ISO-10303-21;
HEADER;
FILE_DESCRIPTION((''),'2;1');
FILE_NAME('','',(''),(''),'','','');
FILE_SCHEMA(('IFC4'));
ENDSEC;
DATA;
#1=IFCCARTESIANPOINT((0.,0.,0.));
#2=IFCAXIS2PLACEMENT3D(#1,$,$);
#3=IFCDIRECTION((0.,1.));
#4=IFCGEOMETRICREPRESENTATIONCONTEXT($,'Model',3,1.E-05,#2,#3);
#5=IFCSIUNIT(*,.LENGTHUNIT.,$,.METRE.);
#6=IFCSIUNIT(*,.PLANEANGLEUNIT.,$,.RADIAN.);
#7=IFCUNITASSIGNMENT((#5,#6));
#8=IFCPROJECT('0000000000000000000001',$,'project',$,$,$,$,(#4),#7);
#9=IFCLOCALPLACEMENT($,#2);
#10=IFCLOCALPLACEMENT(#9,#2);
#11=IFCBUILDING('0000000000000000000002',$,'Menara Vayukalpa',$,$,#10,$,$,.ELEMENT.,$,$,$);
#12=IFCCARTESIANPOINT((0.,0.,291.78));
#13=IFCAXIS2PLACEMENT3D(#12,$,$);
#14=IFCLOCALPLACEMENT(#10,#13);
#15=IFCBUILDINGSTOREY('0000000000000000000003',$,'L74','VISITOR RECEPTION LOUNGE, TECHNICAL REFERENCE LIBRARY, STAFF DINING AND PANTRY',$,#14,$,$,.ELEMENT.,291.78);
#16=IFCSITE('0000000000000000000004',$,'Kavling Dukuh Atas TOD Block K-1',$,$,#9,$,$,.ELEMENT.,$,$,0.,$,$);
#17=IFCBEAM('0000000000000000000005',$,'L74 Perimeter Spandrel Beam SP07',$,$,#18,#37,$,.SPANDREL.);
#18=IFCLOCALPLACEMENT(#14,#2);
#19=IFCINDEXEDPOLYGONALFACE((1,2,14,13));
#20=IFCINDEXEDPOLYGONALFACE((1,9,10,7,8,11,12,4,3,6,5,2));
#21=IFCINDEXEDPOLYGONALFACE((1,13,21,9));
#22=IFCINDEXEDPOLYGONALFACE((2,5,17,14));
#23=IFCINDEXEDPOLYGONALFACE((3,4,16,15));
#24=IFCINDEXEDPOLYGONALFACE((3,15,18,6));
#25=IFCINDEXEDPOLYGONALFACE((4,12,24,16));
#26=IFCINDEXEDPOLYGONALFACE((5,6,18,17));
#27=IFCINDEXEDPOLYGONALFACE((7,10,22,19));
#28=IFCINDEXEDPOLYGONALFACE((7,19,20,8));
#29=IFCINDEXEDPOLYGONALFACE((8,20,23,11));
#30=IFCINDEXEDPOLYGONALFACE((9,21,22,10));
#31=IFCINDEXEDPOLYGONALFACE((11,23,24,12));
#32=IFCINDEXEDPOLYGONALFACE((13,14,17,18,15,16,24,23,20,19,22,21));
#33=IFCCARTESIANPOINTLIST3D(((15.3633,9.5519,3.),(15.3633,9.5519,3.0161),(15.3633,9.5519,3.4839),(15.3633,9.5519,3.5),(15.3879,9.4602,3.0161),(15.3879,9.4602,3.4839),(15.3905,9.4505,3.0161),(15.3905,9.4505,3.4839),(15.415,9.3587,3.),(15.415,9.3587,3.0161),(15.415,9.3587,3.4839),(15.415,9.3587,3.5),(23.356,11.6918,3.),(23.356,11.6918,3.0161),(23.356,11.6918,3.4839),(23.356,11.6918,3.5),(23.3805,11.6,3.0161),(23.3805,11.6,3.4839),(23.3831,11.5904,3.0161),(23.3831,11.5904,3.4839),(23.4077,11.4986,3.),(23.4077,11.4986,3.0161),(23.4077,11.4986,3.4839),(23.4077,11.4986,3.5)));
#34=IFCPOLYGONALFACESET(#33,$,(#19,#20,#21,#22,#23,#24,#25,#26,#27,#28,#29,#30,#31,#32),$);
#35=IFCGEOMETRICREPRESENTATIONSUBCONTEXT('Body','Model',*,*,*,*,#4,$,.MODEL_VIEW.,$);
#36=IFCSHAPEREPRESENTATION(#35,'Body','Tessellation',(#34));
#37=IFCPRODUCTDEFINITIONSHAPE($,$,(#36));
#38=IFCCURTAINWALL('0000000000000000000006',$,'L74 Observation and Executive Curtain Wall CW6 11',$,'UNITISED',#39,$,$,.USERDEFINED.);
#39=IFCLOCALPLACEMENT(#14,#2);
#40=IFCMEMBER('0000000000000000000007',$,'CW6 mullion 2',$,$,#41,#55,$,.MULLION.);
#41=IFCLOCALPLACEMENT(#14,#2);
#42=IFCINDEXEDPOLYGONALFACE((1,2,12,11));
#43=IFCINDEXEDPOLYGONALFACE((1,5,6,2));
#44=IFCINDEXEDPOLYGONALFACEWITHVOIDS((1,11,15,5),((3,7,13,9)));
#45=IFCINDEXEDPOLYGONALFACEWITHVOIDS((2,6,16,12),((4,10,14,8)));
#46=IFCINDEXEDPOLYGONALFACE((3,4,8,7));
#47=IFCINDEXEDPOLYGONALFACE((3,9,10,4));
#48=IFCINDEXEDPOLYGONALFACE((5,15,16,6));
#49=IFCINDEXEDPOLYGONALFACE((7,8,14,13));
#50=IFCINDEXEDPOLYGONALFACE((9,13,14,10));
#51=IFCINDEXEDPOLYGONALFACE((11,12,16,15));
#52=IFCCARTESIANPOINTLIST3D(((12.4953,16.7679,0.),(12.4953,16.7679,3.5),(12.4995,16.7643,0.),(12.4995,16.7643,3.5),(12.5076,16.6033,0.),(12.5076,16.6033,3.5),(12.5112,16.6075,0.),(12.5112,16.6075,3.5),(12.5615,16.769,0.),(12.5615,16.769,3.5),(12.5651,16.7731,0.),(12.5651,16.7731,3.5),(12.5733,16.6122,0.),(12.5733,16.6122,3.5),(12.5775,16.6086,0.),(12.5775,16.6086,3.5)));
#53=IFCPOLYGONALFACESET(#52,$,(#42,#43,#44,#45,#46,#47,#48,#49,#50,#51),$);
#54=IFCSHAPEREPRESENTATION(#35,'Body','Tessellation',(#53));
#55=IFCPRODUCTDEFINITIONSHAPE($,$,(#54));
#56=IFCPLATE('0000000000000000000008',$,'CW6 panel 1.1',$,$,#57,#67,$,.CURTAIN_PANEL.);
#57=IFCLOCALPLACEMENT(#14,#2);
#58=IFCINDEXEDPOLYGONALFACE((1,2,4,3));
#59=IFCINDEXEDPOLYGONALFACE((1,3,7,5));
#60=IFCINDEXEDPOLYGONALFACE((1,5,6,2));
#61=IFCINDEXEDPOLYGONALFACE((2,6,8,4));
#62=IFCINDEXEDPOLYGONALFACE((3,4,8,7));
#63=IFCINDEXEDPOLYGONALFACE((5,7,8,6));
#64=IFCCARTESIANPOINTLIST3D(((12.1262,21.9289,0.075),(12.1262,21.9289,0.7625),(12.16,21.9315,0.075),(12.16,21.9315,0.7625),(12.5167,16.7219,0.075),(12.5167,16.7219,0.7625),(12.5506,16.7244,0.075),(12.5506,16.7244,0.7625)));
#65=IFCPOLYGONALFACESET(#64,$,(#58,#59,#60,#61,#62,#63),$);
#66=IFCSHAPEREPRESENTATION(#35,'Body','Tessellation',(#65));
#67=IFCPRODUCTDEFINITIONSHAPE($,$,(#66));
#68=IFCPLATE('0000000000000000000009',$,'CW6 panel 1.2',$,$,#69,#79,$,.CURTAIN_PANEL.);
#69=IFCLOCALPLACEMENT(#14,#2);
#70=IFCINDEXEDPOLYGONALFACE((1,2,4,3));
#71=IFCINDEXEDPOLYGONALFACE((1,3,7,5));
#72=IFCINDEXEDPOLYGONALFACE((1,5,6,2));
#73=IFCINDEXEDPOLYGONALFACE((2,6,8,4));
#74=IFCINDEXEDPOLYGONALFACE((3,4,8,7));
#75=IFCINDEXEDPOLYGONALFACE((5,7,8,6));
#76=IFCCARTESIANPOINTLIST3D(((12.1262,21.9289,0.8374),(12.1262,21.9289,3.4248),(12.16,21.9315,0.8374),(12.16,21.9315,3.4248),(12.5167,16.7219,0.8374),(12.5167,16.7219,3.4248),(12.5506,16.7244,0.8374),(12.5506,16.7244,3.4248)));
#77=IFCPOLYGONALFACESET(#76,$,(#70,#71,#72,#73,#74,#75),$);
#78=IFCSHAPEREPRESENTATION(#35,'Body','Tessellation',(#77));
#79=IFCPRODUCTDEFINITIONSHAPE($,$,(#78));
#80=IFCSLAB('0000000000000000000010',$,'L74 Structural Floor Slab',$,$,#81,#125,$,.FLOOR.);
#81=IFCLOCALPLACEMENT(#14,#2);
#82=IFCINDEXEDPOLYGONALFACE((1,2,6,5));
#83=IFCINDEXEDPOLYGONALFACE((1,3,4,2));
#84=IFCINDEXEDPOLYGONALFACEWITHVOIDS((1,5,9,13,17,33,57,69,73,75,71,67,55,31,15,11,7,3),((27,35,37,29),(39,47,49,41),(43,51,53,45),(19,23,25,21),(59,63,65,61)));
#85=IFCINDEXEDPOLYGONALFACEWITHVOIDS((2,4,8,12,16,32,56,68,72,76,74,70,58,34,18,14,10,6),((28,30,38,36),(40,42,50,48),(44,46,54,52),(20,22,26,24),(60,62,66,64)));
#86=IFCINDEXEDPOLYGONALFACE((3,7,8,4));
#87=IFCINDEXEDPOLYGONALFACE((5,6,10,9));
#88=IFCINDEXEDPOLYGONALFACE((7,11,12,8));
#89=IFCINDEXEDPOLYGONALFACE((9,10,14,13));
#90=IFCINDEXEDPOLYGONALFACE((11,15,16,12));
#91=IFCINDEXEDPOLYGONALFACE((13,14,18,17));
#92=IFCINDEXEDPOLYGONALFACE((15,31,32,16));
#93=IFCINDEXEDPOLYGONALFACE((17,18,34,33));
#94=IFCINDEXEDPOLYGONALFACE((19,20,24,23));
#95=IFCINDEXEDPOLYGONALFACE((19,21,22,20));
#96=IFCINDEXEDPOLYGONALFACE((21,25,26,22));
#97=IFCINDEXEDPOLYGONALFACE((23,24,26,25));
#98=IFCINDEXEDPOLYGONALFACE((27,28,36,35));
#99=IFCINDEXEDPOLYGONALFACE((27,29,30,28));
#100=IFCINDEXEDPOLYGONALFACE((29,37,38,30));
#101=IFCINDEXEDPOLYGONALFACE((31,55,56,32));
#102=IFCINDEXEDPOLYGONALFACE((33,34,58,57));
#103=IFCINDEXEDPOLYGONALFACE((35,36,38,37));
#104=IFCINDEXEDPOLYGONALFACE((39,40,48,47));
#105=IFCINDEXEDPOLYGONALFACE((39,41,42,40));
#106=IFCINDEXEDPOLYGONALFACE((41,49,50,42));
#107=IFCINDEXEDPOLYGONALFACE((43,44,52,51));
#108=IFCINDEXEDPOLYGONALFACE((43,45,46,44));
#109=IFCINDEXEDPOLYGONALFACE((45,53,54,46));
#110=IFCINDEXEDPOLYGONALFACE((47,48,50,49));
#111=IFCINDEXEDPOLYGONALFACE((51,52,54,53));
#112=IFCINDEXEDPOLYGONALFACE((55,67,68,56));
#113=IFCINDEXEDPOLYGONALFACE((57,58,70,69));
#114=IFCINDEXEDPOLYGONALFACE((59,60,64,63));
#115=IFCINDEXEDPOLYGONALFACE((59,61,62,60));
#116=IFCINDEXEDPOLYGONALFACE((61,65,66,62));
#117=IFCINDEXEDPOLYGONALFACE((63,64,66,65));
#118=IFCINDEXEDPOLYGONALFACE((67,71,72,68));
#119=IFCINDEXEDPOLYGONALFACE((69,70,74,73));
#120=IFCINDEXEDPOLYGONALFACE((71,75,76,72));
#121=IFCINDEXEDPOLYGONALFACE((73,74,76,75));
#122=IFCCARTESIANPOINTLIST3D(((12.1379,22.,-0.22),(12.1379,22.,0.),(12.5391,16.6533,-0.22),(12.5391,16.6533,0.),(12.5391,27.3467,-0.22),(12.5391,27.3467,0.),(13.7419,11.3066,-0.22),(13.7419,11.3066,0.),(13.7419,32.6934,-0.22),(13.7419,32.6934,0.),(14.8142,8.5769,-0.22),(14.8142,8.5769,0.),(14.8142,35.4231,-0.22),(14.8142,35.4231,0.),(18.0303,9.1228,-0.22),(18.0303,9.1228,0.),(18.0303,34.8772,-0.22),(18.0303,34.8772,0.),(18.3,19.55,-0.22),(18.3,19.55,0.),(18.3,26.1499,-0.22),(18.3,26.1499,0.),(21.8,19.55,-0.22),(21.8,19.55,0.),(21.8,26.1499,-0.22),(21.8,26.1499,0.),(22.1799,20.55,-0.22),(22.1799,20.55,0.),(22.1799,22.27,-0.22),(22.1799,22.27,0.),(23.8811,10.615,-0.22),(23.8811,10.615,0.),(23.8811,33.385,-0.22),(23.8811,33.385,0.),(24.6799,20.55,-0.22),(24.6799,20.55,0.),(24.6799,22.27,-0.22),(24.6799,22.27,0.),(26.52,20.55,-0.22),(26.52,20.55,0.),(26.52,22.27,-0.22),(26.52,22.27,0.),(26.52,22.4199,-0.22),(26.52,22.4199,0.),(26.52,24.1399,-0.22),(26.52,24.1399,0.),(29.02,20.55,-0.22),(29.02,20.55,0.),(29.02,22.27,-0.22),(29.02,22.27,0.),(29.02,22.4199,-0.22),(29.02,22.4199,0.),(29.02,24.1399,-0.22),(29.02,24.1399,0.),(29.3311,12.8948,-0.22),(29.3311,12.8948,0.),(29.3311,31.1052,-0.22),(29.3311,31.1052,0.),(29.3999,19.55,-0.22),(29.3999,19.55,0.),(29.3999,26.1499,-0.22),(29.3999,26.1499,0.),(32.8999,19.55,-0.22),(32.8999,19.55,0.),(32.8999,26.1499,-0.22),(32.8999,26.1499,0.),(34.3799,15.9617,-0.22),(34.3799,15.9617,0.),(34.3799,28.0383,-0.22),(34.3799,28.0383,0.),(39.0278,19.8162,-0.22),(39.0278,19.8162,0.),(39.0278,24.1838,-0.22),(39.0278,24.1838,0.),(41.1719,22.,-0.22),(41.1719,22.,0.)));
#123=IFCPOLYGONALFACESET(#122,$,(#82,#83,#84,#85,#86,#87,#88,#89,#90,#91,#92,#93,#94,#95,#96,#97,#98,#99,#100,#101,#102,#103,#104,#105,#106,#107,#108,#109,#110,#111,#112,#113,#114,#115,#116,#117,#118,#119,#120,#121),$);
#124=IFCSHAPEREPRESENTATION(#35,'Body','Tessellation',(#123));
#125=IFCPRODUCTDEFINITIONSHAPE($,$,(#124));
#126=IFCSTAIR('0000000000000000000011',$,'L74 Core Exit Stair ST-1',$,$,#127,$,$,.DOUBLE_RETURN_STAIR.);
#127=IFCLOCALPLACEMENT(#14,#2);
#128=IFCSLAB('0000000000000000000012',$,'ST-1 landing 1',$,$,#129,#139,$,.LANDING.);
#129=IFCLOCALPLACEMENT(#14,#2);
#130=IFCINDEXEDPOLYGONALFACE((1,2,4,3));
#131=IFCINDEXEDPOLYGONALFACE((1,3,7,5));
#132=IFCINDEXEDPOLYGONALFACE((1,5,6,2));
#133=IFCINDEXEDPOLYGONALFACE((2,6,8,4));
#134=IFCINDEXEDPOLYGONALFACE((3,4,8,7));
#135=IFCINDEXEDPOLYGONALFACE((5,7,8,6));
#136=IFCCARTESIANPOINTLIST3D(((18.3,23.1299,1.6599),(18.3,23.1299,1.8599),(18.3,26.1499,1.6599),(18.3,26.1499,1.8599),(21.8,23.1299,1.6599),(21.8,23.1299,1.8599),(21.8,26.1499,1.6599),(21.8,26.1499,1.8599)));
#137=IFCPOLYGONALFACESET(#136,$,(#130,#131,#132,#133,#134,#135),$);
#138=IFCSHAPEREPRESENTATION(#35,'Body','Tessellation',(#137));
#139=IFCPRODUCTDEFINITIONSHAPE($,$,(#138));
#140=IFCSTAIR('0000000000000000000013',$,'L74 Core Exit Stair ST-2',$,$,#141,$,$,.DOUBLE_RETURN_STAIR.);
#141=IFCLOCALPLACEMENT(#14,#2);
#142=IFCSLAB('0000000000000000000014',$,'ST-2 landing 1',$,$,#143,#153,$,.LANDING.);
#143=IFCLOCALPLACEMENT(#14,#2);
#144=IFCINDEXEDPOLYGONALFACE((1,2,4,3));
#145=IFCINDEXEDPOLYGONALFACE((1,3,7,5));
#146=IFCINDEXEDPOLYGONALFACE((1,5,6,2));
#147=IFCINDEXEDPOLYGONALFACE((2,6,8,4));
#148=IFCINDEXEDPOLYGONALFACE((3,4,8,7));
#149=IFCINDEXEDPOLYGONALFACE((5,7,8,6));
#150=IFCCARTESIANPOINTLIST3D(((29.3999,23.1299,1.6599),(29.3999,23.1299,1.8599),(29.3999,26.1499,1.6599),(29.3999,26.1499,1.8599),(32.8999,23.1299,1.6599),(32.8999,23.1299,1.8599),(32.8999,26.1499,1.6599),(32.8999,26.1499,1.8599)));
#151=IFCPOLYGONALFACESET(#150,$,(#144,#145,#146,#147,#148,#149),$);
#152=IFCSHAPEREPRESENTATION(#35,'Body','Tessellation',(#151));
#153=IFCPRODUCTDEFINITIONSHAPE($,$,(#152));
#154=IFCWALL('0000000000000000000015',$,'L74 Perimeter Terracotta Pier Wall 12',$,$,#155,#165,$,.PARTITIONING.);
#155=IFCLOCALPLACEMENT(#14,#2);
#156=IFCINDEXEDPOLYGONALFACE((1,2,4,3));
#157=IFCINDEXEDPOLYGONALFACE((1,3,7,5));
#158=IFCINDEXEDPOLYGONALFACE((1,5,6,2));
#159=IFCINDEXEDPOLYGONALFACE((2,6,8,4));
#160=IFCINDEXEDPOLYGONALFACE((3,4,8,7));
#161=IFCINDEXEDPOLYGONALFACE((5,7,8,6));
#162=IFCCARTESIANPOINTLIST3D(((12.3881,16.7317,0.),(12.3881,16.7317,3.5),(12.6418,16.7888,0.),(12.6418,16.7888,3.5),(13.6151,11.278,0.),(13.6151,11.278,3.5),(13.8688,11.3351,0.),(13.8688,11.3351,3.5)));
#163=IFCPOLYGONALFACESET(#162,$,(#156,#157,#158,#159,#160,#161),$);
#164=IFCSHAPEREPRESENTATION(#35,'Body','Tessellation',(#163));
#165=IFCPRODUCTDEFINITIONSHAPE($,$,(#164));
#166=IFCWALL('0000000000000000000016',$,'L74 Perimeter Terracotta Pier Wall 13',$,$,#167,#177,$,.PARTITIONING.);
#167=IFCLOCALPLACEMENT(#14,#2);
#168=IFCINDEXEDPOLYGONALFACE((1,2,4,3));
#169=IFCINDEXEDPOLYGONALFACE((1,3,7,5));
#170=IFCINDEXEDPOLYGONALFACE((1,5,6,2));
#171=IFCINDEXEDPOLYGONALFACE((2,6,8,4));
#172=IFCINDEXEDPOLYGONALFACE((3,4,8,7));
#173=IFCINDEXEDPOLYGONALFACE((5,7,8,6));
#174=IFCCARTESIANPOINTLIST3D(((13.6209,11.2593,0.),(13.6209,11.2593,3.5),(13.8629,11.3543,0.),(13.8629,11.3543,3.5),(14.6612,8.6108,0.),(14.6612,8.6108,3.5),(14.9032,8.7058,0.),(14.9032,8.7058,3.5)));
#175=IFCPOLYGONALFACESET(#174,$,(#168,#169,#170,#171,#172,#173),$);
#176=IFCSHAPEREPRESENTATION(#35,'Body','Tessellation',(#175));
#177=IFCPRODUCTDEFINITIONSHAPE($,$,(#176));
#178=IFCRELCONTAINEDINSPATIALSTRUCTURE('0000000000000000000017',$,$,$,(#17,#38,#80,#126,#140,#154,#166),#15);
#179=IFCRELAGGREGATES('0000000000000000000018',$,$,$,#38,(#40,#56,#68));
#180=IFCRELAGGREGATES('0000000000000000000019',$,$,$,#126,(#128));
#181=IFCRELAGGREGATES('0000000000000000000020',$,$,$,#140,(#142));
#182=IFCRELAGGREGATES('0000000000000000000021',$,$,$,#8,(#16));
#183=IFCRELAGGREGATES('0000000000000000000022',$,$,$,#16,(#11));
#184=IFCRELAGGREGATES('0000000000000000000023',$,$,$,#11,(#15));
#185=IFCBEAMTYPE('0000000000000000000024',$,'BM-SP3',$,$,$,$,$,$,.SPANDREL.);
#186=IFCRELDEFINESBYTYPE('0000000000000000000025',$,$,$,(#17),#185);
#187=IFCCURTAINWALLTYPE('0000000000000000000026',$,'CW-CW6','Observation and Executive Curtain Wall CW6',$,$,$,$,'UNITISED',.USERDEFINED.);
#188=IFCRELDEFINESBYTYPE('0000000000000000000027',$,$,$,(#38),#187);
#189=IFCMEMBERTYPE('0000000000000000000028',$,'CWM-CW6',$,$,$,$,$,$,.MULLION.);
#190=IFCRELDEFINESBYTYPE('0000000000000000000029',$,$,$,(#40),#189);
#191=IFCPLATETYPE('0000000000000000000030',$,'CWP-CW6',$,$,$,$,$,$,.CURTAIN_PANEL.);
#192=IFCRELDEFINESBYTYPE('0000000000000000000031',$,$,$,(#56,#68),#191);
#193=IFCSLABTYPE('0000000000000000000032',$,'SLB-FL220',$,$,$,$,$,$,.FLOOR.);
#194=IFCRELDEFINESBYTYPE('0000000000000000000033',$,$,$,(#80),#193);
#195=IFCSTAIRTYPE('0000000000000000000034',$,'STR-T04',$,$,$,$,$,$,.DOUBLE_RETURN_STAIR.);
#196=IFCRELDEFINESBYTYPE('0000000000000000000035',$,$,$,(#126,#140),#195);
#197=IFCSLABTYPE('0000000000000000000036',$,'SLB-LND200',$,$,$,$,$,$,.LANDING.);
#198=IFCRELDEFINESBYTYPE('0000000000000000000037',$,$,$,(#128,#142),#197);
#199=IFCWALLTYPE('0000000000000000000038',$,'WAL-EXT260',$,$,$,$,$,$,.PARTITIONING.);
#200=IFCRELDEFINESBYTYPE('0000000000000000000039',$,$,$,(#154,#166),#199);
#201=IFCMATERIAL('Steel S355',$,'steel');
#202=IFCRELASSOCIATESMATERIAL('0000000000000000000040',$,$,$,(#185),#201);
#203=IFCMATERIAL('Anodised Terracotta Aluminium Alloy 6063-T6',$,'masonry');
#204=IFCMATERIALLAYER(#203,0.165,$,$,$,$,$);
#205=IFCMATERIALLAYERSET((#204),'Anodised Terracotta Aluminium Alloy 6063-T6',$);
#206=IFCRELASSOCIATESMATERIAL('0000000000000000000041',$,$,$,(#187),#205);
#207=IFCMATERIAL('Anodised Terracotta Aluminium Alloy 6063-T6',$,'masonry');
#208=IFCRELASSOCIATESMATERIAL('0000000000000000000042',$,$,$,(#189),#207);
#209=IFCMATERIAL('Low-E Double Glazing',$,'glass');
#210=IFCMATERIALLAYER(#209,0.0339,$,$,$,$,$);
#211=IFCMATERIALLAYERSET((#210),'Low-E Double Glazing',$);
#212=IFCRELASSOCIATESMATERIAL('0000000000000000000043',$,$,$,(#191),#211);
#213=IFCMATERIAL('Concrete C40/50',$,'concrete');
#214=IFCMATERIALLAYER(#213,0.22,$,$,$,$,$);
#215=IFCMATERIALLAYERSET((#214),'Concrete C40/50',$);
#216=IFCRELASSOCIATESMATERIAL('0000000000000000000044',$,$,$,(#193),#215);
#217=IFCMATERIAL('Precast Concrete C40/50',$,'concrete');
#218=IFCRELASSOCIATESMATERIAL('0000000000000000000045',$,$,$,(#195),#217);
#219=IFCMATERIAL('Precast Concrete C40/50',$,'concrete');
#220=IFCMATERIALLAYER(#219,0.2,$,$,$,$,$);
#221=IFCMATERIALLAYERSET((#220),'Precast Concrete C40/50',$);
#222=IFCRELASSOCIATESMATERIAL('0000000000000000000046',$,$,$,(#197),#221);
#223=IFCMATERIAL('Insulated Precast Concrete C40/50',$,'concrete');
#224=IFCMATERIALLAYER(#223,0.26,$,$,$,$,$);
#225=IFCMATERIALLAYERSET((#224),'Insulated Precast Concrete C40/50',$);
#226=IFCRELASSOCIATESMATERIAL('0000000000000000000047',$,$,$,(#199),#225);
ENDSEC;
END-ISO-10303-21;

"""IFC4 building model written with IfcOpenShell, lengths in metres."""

from ifc_helpers import new_model, si_unit, direction, frame, frame_2d, origin, origin_2d, place, context, subcontext, project, spatial, polyline, rectangle, hollow_rectangle, i_section, outline, extrude, material, layer, layer_set, material_profile, profile_set, type_object, element, aggregate, save


model = new_model("IFC4")

# Units and contexts
model_context = context("Model", 3, precision=1e-05, world=origin(), true_north=direction((0.0, 1.0)))
body_context = subcontext(model_context, "Body", "Model", "MODEL_VIEW")
ifc_project = project(units=[si_unit("LENGTHUNIT", "METRE"), si_unit("PLANEANGLEUNIT", "RADIAN")], contexts=[model_context])

# Site, building, storey
site_placement = place(None, origin())
site = spatial("IfcSite", under=ifc_project, at=site_placement, Name="Kavling Dukuh Atas TOD Block K-1", CompositionType="ELEMENT", RefElevation=0.0)
building_placement = place(site_placement, origin())
building = spatial("IfcBuilding", under=site, at=building_placement, Name="Menara Vayukalpa", CompositionType="ELEMENT")
storey_placement = place(building_placement, frame((0.0, 0.0, 291.78)))
storey = spatial("IfcBuildingStorey", under=building, at=storey_placement, Name="L74", Description="VISITOR RECEPTION LOUNGE, TECHNICAL REFERENCE LIBRARY, STAFF DINING AND PANTRY", CompositionType="ELEMENT", Elevation=291.78)

# Beam
ifc_material_1 = material(Name="Steel S355", Category="steel")
ifc_material_profile_1 = material_profile(ifc_material_1, i_section(OverallWidth=0.2, OverallDepth=0.5, WebThickness=0.01, FlangeThickness=0.0161, at=origin_2d()), Name="WF 500x200x10x16")
ifc_profile_set_1 = profile_set([ifc_material_profile_1], Name="Steel S355")
beam_type_1 = type_object("IfcBeamType", Name="BM-SP3", PredefinedType="SPANDREL", material=ifc_profile_set_1)
beam_1_placement = place(storey_placement, frame((15.3892, 9.4553, 3.25), z_axis=(0.965978, 0.258623, 0.0), x_axis=(-0.258623, 0.965978, 0.0)))
element("IfcBeam", 1, at=beam_1_placement, inside=storey, type_object=beam_type_1, Name="L74 Perimeter Spandrel Beam SP07", PredefinedType="SPANDREL", context=body_context, shape_type="SweptSolid", body=[
    extrude(i_section(OverallWidth=0.2, OverallDepth=0.5, WebThickness=0.01, FlangeThickness=0.0161, at=origin_2d()), origin(), (0.0, 0.0, 1.0), 8.2742),
])

# Curtain wall, member, plates
ifc_material_2 = material(Name="Anodised Terracotta Aluminium Alloy 6063-T6", Category="masonry")
ifc_layer_1 = layer(ifc_material_2, 0.165)
ifc_layer_set_1 = layer_set([ifc_layer_1], Name="Anodised Terracotta Aluminium Alloy 6063-T6")
curtain_wall_type = type_object("IfcCurtainWallType", Name="CW-CW6", Description="Observation and Executive Curtain Wall CW6", ElementType="UNITISED", PredefinedType="USERDEFINED", material=ifc_layer_set_1)
curtain_wall_placement = place(storey_placement, origin())
curtain_wall = element("IfcCurtainWall", 2, at=curtain_wall_placement, inside=storey, type_object=curtain_wall_type, Name="L74 Observation and Executive Curtain Wall CW6 11", ObjectType="UNITISED", PredefinedType="USERDEFINED")
ifc_material_3 = material(Name="Anodised Terracotta Aluminium Alloy 6063-T6", Category="masonry")
ifc_material_profile_2 = material_profile(ifc_material_3, hollow_rectangle(XDim=0.0701, YDim=0.165, WallThickness=0.0039, at=origin_2d()), Name="ALU 70x165x4")
ifc_profile_set_2 = profile_set([ifc_material_profile_2], Name="Anodised Terracotta Aluminium Alloy 6063-T6")
member_type = type_object("IfcMemberType", Name="CWM-CW6", PredefinedType="MULLION", material=ifc_profile_set_2)
member_placement = place(storey_placement, frame((12.5364, 16.6882, 0.0), z_axis=(0.0, 0.0, 1.0), x_axis=(0.997199, 0.074789, 0.0)))
member = element("IfcMember", 3, at=member_placement, type_object=member_type, Name="CW6 mullion 2", PredefinedType="MULLION", context=body_context, shape_type="SweptSolid", body=[
    extrude(hollow_rectangle(XDim=0.0701, YDim=0.165, WallThickness=0.0039, at=origin_2d()), origin(), (0.0, 0.0, 1.0), 3.5),
])
ifc_material_4 = material(Name="Low-E Double Glazing", Category="glass")
ifc_layer_2 = layer(ifc_material_4, 0.0339)
ifc_layer_set_2 = layer_set([ifc_layer_2], Name="Low-E Double Glazing")
plate_type = type_object("IfcPlateType", Name="CWP-CW6", PredefinedType="CURTAIN_PANEL", material=ifc_layer_set_2)
plate_1_placement = place(storey_placement, frame((12.3384, 19.3267, 0.075), z_axis=(0.0, 0.0, 1.0), x_axis=(0.074789, -0.997199, 0.0)))
plate_1 = element("IfcPlate", 4, at=plate_1_placement, type_object=plate_type, Name="CW6 panel 1.1", PredefinedType="CURTAIN_PANEL", context=body_context, shape_type="SweptSolid", body=[
    extrude(rectangle(XDim=5.2217, YDim=0.0339, at=origin_2d()), origin(), (0.0, 0.0, 1.0), 0.6875),
])
plate_2_placement = place(storey_placement, frame((12.3384, 19.3267, 0.8374), z_axis=(0.0, 0.0, 1.0), x_axis=(0.074789, -0.997199, 0.0)))
plate_2 = element("IfcPlate", 5, at=plate_2_placement, type_object=plate_type, Name="CW6 panel 1.2", PredefinedType="CURTAIN_PANEL", context=body_context, shape_type="SweptSolid", body=[
    extrude(rectangle(XDim=5.2217, YDim=0.0339, at=origin_2d()), origin(), (0.0, 0.0, 1.0), 2.5874),
])
aggregate(curtain_wall, [member, plate_1, plate_2])

# Slab
ifc_material_5 = material(Name="Concrete C40/50", Category="concrete")
ifc_layer_3 = layer(ifc_material_5, 0.22)
ifc_layer_set_3 = layer_set([ifc_layer_3], Name="Concrete C40/50")
slab_type_1 = type_object("IfcSlabType", Name="SLB-FL220", PredefinedType="FLOOR", material=ifc_layer_set_3)
slab_1_placement = place(storey_placement, frame((0.0, 0.0, -0.22)))
element("IfcSlab", 6, at=slab_1_placement, inside=storey, type_object=slab_type_1, Name="L74 Structural Floor Slab", PredefinedType="FLOOR", context=body_context, shape_type="SweptSolid", body=[
    extrude(outline(polyline([(39.0278, 19.8162), (41.1719, 22.0), (39.0278, 24.1838), (34.3799, 28.0383), (29.3311, 31.1052), (23.8811, 33.385), (18.0303, 34.8772), (14.8142, 35.4231), (13.7419, 32.6934), (12.5391, 27.3467), (12.1379, 22.0), (12.5391, 16.6533), (13.7419, 11.3066), (14.8142, 8.5769), (18.0303, 9.1228), (23.8811, 10.615), (29.3311, 12.8948), (34.3799, 15.9617), (39.0278, 19.8162)]), holes=[polyline([(21.8, 19.55), (21.8, 26.1499), (18.3, 26.1499), (18.3, 19.55), (21.8, 19.55)]), polyline([(32.8999, 19.55), (32.8999, 26.1499), (29.3999, 26.1499), (29.3999, 19.55), (32.8999, 19.55)]), polyline([(22.1799, 20.55), (24.6799, 20.55), (24.6799, 22.27), (22.1799, 22.27), (22.1799, 20.55)]), polyline([(26.52, 20.55), (29.02, 20.55), (29.02, 22.27), (26.52, 22.27), (26.52, 20.55)]), polyline([(26.52, 22.4199), (29.02, 22.4199), (29.02, 24.1399), (26.52, 24.1399), (26.52, 22.4199)])]), origin(), (0.0, 0.0, 1.0), 0.22),
])

# Stairs, slabs
ifc_material_6 = material(Name="Precast Concrete C40/50", Category="concrete")
stair_type = type_object("IfcStairType", Name="STR-T04", PredefinedType="DOUBLE_RETURN_STAIR", material=ifc_material_6)
stair_1_placement = place(storey_placement, origin())
stair_1 = element("IfcStair", 7, at=stair_1_placement, inside=storey, type_object=stair_type, Name="L74 Core Exit Stair ST-1", PredefinedType="DOUBLE_RETURN_STAIR")
ifc_material_7 = material(Name="Precast Concrete C40/50", Category="concrete")
ifc_layer_4 = layer(ifc_material_7, 0.2)
ifc_layer_set_4 = layer_set([ifc_layer_4], Name="Precast Concrete C40/50")
slab_type_2 = type_object("IfcSlabType", Name="SLB-LND200", PredefinedType="LANDING", material=ifc_layer_set_4)
slab_2_placement = place(storey_placement, frame((0.0, 0.0, 1.6599)))
slab_2 = element("IfcSlab", 8, at=slab_2_placement, type_object=slab_type_2, Name="ST-1 landing 1", PredefinedType="LANDING", context=body_context, shape_type="SweptSolid", body=[
    extrude(outline(polyline([(21.8, 23.1299), (21.8, 26.1499), (18.3, 26.1499), (18.3, 23.1299), (21.8, 23.1299)])), origin(), (0.0, 0.0, 1.0), 0.2),
])
aggregate(stair_1, [slab_2])
stair_2_placement = place(storey_placement, origin())
stair_2 = element("IfcStair", 9, at=stair_2_placement, inside=storey, type_object=stair_type, Name="L74 Core Exit Stair ST-2", PredefinedType="DOUBLE_RETURN_STAIR")
slab_3_placement = place(storey_placement, frame((0.0, 0.0, 1.6599)))
slab_3 = element("IfcSlab", 10, at=slab_3_placement, type_object=slab_type_2, Name="ST-2 landing 1", PredefinedType="LANDING", context=body_context, shape_type="SweptSolid", body=[
    extrude(outline(polyline([(32.8999, 23.1299), (32.8999, 26.1499), (29.3999, 26.1499), (29.3999, 23.1299), (32.8999, 23.1299)])), origin(), (0.0, 0.0, 1.0), 0.2),
])
aggregate(stair_2, [slab_3])

# Walls
ifc_material_8 = material(Name="Insulated Precast Concrete C40/50", Category="concrete")
ifc_layer_5 = layer(ifc_material_8, 0.26)
ifc_layer_set_5 = layer_set([ifc_layer_5], Name="Insulated Precast Concrete C40/50")
wall_type_1 = type_object("IfcWallType", Name="WAL-EXT260", PredefinedType="PARTITIONING", material=ifc_layer_set_5)
wall_1_placement = place(storey_placement, frame((13.7419, 11.3066, 0.0), z_axis=(0.0, 0.0, 1.0), x_axis=(-0.219501, 0.975612, 0.0)))
element("IfcWall", 11, at=wall_1_placement, inside=storey, type_object=wall_type_1, Name="L74 Perimeter Terracotta Pier Wall 12", PredefinedType="PARTITIONING", context=body_context, shape_type="SweptSolid", body=[
    extrude(rectangle(XDim=5.5901, YDim=0.26, at=frame_2d((2.7949, 0.0))), origin(), (0.0, 0.0, 1.0), 3.5),
])
wall_2_placement = place(storey_placement, frame((14.7822, 8.6582, 0.0), z_axis=(0.0, 0.0, 1.0), x_axis=(-0.365599, 0.930772, 0.0)))
element("IfcWall", 12, at=wall_2_placement, inside=storey, type_object=wall_type_1, Name="L74 Perimeter Terracotta Pier Wall 13", PredefinedType="PARTITIONING", context=body_context, shape_type="SweptSolid", body=[
    extrude(rectangle(XDim=2.8455, YDim=0.26, at=frame_2d((1.4229, 0.0))), origin(), (0.0, 0.0, 1.0), 3.5),
])

save(model, "model.ifc")
